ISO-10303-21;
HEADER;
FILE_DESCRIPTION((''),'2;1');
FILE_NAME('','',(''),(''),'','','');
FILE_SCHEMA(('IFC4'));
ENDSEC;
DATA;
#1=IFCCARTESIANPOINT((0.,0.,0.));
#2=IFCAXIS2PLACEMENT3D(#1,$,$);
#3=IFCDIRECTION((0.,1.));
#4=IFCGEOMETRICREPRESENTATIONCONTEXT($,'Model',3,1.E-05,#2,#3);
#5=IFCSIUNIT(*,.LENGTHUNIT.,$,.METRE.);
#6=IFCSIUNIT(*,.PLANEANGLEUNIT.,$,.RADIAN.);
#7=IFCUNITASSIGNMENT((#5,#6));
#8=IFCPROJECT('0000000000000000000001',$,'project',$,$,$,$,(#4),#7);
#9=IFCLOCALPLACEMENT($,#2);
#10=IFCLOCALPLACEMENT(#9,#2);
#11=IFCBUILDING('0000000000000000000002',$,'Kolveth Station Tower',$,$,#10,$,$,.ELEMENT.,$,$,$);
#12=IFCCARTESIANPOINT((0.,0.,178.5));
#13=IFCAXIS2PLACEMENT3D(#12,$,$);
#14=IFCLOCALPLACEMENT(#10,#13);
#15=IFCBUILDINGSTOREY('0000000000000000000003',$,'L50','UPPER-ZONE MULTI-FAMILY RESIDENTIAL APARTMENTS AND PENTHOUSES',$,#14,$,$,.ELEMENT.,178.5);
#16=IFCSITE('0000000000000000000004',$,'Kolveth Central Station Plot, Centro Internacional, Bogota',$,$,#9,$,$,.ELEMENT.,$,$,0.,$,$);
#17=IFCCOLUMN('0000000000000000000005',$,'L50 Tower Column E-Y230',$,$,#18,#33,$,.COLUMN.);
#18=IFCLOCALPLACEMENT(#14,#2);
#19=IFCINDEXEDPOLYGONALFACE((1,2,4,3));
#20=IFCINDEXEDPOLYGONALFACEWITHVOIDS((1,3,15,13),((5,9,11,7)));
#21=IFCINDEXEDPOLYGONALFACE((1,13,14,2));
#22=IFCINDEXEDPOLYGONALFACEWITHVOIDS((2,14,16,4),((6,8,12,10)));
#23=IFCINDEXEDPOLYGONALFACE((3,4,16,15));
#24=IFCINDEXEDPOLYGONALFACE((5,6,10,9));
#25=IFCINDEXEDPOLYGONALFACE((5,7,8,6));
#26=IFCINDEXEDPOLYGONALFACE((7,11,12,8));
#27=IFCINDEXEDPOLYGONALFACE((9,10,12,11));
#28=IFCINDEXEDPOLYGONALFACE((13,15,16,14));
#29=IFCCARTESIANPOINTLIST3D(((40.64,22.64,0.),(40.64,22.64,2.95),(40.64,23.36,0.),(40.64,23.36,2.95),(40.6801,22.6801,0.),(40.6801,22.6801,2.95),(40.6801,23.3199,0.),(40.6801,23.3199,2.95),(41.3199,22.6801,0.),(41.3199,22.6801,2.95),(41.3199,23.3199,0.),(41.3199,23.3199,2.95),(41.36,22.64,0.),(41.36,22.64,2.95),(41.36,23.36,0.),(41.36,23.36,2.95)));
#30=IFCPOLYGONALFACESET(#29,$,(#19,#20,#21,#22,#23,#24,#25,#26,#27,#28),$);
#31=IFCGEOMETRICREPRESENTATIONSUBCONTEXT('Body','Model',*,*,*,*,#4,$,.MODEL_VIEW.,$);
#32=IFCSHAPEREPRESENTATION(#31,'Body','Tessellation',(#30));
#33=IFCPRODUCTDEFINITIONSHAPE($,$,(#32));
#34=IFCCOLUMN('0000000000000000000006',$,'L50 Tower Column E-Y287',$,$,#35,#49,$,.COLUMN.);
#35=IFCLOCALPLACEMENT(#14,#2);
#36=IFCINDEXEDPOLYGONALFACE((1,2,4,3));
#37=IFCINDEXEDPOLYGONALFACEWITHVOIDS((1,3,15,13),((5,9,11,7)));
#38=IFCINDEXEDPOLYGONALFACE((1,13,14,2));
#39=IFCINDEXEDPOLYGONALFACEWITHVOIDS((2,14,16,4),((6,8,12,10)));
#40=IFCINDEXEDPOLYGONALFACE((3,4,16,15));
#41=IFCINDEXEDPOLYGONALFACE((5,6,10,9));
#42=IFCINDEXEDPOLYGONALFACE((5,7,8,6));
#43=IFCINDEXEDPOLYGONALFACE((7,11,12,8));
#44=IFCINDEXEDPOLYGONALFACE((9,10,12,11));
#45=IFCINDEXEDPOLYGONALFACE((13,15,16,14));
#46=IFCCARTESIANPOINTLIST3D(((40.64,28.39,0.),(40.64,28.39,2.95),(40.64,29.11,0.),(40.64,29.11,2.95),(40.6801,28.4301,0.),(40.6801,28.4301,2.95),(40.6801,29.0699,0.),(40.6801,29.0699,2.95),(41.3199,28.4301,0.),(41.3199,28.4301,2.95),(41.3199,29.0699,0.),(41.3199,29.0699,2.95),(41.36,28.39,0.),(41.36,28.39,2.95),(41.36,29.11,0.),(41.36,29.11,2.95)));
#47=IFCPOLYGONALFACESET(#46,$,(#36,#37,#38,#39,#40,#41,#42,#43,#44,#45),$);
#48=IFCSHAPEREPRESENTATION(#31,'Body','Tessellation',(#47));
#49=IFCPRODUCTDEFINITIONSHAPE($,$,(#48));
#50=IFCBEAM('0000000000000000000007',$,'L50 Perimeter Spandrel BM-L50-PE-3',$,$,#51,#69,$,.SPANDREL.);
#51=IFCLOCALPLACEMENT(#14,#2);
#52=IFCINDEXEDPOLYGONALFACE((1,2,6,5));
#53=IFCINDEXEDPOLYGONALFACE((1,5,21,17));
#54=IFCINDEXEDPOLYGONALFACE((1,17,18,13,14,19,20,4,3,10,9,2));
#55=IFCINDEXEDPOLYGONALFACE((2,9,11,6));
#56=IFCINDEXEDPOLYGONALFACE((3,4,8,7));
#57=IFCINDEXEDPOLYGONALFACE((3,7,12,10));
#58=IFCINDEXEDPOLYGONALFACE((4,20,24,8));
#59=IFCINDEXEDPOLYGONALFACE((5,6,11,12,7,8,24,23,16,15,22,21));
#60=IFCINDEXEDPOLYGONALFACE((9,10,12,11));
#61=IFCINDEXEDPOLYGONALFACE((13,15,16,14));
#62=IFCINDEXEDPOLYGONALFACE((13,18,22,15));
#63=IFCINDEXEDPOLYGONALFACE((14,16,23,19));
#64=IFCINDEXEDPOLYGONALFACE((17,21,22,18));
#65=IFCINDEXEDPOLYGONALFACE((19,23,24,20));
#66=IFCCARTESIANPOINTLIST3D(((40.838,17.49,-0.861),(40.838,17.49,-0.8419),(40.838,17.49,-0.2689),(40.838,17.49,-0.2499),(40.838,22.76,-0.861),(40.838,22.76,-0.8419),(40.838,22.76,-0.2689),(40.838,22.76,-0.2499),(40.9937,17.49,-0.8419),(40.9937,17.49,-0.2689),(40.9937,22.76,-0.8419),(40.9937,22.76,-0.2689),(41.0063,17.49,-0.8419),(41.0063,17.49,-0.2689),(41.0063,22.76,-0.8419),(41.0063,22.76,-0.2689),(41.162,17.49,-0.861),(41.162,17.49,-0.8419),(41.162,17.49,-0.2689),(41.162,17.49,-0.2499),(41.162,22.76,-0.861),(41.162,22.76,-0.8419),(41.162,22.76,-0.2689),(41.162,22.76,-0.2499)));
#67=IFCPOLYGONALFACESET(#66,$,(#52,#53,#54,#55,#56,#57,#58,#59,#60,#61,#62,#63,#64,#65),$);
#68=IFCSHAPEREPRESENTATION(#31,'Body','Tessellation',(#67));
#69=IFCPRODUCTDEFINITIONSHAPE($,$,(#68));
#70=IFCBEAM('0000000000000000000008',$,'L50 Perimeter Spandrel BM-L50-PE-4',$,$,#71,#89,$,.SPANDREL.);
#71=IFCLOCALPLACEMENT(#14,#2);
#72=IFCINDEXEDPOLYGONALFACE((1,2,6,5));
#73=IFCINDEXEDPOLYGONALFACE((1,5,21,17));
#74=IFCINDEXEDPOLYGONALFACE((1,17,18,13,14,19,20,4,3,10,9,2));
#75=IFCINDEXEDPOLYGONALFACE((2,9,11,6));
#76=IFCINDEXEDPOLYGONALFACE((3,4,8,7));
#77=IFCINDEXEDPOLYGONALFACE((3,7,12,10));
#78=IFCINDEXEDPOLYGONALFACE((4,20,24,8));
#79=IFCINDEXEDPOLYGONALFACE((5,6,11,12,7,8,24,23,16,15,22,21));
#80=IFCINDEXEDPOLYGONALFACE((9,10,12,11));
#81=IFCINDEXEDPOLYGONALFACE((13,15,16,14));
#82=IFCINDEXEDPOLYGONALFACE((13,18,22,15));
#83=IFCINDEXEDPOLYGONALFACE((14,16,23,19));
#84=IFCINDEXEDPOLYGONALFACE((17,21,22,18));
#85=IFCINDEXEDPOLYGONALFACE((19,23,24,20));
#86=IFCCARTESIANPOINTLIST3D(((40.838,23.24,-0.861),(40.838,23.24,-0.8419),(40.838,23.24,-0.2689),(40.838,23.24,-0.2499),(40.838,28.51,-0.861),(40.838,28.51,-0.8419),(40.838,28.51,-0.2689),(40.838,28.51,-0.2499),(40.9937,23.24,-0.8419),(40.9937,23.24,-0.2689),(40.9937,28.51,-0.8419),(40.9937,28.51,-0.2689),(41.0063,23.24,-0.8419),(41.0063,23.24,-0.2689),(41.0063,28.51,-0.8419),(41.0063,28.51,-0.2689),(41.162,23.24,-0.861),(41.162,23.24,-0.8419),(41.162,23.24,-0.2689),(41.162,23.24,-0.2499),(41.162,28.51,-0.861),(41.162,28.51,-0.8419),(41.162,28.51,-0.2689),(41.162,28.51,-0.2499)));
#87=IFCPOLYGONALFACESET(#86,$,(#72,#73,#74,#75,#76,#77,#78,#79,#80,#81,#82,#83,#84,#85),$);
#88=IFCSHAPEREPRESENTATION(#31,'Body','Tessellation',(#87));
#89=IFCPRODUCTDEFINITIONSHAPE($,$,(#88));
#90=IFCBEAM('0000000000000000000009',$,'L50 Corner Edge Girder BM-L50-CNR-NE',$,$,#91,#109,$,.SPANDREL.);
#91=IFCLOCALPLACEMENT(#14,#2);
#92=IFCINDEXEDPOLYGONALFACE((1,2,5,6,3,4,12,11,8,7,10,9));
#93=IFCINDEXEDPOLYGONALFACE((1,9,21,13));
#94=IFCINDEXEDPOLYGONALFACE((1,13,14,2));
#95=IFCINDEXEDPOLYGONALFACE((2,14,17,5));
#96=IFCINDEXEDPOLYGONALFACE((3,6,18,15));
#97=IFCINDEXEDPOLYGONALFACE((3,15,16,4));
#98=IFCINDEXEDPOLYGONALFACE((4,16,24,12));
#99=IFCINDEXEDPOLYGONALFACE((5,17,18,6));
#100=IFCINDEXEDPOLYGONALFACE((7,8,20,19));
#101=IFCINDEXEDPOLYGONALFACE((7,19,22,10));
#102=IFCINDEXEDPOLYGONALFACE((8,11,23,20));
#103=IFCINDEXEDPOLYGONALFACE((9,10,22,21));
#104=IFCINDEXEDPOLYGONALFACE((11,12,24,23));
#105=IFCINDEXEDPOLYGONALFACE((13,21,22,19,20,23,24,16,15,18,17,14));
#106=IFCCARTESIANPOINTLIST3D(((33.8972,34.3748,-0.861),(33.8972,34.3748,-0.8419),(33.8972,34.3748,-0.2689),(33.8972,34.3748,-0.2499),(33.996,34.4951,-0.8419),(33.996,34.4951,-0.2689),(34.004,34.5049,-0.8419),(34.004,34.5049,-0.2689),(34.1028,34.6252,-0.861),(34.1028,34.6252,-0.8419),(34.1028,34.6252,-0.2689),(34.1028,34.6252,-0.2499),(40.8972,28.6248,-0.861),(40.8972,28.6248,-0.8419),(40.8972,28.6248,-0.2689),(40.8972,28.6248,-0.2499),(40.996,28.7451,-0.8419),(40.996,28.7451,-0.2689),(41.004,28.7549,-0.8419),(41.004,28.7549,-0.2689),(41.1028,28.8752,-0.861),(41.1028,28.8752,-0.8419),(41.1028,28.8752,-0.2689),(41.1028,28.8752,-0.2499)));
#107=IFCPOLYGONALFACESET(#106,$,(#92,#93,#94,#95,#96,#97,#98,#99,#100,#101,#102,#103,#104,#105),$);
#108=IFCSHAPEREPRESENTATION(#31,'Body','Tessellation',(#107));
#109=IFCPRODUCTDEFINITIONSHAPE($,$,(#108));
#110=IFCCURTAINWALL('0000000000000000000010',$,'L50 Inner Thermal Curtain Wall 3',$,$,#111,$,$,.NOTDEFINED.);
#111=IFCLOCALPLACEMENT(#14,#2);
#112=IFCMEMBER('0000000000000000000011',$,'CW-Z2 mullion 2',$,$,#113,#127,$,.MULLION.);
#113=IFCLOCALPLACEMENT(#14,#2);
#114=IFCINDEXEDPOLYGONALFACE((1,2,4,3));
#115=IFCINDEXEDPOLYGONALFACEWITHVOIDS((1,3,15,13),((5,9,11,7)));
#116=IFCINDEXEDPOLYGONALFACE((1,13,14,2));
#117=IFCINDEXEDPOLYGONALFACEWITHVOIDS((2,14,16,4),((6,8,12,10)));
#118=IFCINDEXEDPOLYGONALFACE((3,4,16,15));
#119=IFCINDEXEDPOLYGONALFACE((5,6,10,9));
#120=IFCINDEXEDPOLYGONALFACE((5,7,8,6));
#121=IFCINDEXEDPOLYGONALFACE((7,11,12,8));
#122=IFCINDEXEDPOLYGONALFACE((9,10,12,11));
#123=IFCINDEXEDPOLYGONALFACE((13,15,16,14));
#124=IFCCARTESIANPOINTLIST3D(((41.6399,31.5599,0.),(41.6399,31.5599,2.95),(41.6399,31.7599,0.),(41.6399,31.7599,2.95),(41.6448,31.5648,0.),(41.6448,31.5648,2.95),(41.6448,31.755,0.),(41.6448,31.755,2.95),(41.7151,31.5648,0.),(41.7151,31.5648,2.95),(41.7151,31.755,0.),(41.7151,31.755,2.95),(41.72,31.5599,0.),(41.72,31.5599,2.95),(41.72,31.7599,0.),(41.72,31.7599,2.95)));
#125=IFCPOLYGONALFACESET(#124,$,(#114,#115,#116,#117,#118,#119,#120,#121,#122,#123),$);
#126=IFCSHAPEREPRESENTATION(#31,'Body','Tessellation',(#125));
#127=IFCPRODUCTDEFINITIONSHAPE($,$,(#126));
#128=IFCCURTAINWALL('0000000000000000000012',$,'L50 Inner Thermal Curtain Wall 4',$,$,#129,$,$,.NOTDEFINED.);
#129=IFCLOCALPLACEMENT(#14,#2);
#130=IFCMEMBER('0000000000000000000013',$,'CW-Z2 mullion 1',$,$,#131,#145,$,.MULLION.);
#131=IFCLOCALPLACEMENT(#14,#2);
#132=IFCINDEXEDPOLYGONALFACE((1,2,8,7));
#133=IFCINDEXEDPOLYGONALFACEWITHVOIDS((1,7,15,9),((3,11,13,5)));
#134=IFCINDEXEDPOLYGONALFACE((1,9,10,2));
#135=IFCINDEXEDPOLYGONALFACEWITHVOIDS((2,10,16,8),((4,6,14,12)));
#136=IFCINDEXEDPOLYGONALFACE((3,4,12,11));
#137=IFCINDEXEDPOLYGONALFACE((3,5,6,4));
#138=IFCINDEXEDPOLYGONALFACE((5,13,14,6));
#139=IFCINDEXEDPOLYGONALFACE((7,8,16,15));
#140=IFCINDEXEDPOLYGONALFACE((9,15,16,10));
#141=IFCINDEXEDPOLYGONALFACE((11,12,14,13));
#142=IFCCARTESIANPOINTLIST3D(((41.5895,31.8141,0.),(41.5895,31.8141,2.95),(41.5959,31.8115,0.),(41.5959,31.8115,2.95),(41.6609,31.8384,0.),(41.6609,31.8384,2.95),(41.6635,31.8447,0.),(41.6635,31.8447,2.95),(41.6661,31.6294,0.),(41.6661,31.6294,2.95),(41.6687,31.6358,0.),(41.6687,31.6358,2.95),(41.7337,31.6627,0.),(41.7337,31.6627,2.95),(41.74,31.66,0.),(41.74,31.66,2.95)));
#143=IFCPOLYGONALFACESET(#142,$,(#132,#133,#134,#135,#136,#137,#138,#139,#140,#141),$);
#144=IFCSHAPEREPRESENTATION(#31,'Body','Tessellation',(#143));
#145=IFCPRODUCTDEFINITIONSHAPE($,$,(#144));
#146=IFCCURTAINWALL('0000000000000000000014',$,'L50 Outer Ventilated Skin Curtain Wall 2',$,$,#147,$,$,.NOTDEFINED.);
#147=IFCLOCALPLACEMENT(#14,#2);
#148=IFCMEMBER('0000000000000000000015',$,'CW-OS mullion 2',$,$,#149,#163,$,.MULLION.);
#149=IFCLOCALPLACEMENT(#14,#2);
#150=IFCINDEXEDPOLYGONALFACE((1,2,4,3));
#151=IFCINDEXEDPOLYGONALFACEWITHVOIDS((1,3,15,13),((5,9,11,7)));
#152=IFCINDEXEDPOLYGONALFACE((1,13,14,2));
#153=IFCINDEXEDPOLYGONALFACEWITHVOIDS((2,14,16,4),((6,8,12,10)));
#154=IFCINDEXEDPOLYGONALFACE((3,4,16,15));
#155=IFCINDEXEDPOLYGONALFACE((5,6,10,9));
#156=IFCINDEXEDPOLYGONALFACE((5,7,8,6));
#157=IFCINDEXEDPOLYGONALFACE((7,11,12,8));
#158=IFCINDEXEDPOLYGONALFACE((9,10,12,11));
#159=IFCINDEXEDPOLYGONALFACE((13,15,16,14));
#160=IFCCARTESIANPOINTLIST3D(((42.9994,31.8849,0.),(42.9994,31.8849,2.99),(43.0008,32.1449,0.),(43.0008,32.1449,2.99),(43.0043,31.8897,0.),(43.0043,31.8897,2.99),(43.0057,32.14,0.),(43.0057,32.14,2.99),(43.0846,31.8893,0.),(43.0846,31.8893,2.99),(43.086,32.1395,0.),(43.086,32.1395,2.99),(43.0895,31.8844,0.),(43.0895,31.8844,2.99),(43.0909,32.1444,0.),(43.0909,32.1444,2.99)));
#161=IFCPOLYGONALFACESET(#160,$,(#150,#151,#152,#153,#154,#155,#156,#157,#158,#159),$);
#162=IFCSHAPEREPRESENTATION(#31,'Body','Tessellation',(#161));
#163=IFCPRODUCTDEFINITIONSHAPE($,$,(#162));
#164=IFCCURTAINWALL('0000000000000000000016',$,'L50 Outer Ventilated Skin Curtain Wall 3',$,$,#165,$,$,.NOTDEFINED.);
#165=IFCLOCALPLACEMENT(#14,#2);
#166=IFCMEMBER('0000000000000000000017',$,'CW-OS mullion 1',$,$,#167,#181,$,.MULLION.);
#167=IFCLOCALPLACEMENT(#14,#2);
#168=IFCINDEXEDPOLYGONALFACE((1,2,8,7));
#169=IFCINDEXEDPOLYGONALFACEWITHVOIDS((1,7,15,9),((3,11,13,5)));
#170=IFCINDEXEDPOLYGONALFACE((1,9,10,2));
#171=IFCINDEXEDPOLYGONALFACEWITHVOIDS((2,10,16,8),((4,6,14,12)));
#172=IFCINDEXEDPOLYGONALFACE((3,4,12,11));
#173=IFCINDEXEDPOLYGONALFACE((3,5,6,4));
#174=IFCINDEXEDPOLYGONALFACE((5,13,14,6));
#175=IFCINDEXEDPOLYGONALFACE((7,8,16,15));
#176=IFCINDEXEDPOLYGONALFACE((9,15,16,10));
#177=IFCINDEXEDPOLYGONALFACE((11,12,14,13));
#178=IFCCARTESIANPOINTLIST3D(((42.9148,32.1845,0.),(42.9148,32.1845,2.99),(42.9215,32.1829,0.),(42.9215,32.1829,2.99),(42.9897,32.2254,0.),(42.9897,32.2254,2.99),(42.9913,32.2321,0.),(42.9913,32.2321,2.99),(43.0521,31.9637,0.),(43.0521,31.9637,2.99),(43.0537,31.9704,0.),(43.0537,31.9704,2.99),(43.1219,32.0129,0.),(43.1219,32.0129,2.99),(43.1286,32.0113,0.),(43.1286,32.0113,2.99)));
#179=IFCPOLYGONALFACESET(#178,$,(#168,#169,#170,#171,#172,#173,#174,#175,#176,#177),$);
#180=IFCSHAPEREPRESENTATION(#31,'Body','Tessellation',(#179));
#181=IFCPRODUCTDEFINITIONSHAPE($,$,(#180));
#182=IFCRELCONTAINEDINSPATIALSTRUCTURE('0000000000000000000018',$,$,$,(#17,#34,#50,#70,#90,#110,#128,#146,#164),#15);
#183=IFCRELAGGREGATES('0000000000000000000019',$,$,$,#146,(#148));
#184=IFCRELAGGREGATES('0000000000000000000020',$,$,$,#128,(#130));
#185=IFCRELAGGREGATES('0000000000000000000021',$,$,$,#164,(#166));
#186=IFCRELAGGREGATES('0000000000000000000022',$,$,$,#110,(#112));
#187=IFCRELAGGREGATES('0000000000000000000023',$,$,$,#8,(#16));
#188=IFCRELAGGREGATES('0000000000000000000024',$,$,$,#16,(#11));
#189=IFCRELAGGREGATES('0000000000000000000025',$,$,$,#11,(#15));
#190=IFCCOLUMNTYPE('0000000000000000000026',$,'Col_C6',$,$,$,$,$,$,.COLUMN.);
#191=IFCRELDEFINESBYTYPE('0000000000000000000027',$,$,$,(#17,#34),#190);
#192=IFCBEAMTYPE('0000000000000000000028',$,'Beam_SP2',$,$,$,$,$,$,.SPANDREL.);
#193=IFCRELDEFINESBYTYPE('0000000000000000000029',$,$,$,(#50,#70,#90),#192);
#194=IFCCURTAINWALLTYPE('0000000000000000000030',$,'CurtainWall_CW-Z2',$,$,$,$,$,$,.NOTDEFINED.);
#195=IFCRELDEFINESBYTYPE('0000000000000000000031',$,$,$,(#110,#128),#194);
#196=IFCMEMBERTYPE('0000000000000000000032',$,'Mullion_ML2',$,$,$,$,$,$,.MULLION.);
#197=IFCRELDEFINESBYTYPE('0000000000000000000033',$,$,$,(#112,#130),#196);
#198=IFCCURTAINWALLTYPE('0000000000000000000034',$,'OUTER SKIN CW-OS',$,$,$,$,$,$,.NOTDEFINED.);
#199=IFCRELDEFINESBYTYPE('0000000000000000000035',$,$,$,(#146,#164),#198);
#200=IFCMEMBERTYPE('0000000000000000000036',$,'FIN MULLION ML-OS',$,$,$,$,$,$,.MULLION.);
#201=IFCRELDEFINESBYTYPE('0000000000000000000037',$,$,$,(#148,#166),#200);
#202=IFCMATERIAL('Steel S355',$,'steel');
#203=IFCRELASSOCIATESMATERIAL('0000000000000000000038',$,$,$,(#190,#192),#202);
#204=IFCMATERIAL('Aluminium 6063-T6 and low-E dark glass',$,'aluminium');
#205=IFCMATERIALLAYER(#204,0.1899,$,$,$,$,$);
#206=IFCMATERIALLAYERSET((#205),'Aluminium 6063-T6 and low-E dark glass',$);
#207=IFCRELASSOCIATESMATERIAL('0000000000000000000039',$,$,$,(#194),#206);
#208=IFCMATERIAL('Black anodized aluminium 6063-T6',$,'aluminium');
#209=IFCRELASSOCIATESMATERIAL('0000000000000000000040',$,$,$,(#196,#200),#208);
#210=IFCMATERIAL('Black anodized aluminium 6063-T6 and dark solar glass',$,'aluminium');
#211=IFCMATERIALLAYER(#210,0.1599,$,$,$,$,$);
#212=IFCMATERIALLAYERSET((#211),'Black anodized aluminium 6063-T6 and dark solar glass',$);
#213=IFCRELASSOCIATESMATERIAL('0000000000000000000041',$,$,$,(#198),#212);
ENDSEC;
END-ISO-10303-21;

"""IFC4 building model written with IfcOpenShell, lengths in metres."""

from ifc_helpers import new_model, si_unit, direction, frame, origin, origin_2d, place, context, subcontext, project, spatial, hollow_rectangle, i_section, extrude, source, transform, mapped, material, layer, layer_set, material_profile, profile_set, type_object, element, aggregate, save


model = new_model("IFC4")

# Units and contexts
model_context = context("Model", 3, precision=1e-05, world=origin(), true_north=direction((0.0, 1.0)))
body_context = subcontext(model_context, "Body", "Model", "MODEL_VIEW")
ifc_project = project(units=[si_unit("LENGTHUNIT", "METRE"), si_unit("PLANEANGLEUNIT", "RADIAN")], contexts=[model_context])

# Site, building, storey
site_placement = place(None, origin())
site = spatial("IfcSite", under=ifc_project, at=site_placement, Name="Kolveth Central Station Plot, Centro Internacional, Bogota", CompositionType="ELEMENT", RefElevation=0.0)
building_placement = place(site_placement, origin())
building = spatial("IfcBuilding", under=site, at=building_placement, Name="Kolveth Station Tower", CompositionType="ELEMENT")
storey_placement = place(building_placement, frame((0.0, 0.0, 178.5)))
storey = spatial("IfcBuildingStorey", under=building, at=storey_placement, Name="L50", Description="UPPER-ZONE MULTI-FAMILY RESIDENTIAL APARTMENTS AND PENTHOUSES", CompositionType="ELEMENT", Elevation=178.5)

# Columns
ifc_material_1 = material(Name="Steel S355", Category="steel")
ifc_material_profile_1 = material_profile(ifc_material_1, hollow_rectangle(XDim=0.72, YDim=0.72, WallThickness=0.04, at=origin_2d()), Name="BOX720x720x40")
ifc_profile_set_1 = profile_set([ifc_material_profile_1], Name="Steel S355")
column_type = type_object("IfcColumnType", Name="Col_C6", PredefinedType="COLUMN", material=ifc_profile_set_1)
shared_shape_1 = source(origin(), body_context, "Body", "SweptSolid", [
    extrude(hollow_rectangle(XDim=0.72, YDim=0.72, WallThickness=0.04, at=origin_2d()), origin(), (0.0, 0.0, 1.0), 2.95),
])
for number, where, z_axis, x_axis, name in (
    (1, (41.0, 23.0, 0.0), (0.0, 0.0, 1.0), (1.0, 0.0, 0.0), "L50 Tower Column E-Y230"),
    (2, (41.0, 28.75, 0.0), (0.0, 0.0, 1.0), (1.0, 0.0, 0.0), "L50 Tower Column E-Y287"),
):
    element("IfcColumn", number, at=place(storey_placement, frame(where, z_axis=z_axis, x_axis=x_axis)), inside=storey, type_object=column_type, Name=name, PredefinedType="COLUMN", context=body_context, shape_type="MappedRepresentation", body=[
        mapped(shared_shape_1, transform((0.0, 0.0, 0.0), x_axis=(1.0, 0.0, 0.0), y_axis=(0.0, 1.0, 0.0), z_axis=(0.0, 0.0, 1.0), scale=1.0)),
    ])

# Beams
ifc_material_profile_2 = material_profile(ifc_material_1, i_section(OverallWidth=0.324, OverallDepth=0.6111, WebThickness=0.0127, FlangeThickness=0.019, at=origin_2d()), Name="W610x155")
ifc_profile_set_2 = profile_set([ifc_material_profile_2], Name="Steel S355")
beam_type = type_object("IfcBeamType", Name="Beam_SP2", PredefinedType="SPANDREL", material=ifc_profile_set_2)
shared_shape_2 = source(origin(), body_context, "Body", "SweptSolid", [
    extrude(i_section(OverallWidth=0.324, OverallDepth=0.6111, WebThickness=0.0127, FlangeThickness=0.019, at=origin_2d()), origin(), (0.0, 0.0, 1.0), 5.27),
])
for number, where, z_axis, x_axis, name in (
    (3, (41.0, 17.49, -0.5554), (0.0, 1.0, 0.0), (-1.0, 0.0, 0.0), "L50 Perimeter Spandrel BM-L50-PE-3"),
    (4, (41.0, 23.24, -0.5554), (0.0, 1.0, 0.0), (-1.0, 0.0, 0.0), "L50 Perimeter Spandrel BM-L50-PE-4"),
):
    element("IfcBeam", number, at=place(storey_placement, frame(where, z_axis=z_axis, x_axis=x_axis)), inside=storey, type_object=beam_type, Name=name, PredefinedType="SPANDREL", context=body_context, shape_type="MappedRepresentation", body=[
        mapped(shared_shape_2, transform((0.0, 0.0, 0.0), x_axis=(1.0, 0.0, 0.0), y_axis=(0.0, 1.0, 0.0), z_axis=(0.0, 0.0, 1.0), scale=1.0)),
    ])
shared_shape_3 = source(origin(), body_context, "Body", "SweptSolid", [
    extrude(i_section(OverallWidth=0.324, OverallDepth=0.6111, WebThickness=0.0127, FlangeThickness=0.019, at=origin_2d()), origin(), (0.0, 0.0, 1.0), 9.0588),
])
beam_placement = place(storey_placement, frame((41.0, 28.75, -0.5554), z_axis=(-0.772726, 0.634739, 0.0), x_axis=(-0.634739, -0.772726, 0.0)))
element("IfcBeam", 5, at=beam_placement, inside=storey, type_object=beam_type, Name="L50 Corner Edge Girder BM-L50-CNR-NE", PredefinedType="SPANDREL", context=body_context, shape_type="MappedRepresentation", body=[
    mapped(shared_shape_3, transform((0.0, 0.0, 0.0), x_axis=(1.0, 0.0, 0.0), y_axis=(0.0, 1.0, 0.0), z_axis=(0.0, 0.0, 1.0), scale=1.0)),
])

# Curtain walls, members
ifc_material_2 = material(Name="Aluminium 6063-T6 and low-E dark glass", Category="aluminium")
ifc_layer_1 = layer(ifc_material_2, 0.1899)
ifc_layer_set_1 = layer_set([ifc_layer_1], Name="Aluminium 6063-T6 and low-E dark glass")
curtain_wall_type_1 = type_object("IfcCurtainWallType", Name="CurtainWall_CW-Z2", PredefinedType="NOTDEFINED", material=ifc_layer_set_1)
curtain_wall_1_placement = place(storey_placement, origin())
curtain_wall_1 = element("IfcCurtainWall", 6, at=curtain_wall_1_placement, inside=storey, type_object=curtain_wall_type_1, Name="L50 Inner Thermal Curtain Wall 3", PredefinedType="NOTDEFINED")
ifc_material_3 = material(Name="Black anodized aluminium 6063-T6", Category="aluminium")
ifc_material_profile_3 = material_profile(ifc_material_3, hollow_rectangle(XDim=0.0801, YDim=0.2, WallThickness=0.0049, at=origin_2d()), Name="ALU-80x200x5")
ifc_profile_set_3 = profile_set([ifc_material_profile_3], Name="Black anodized aluminium 6063-T6")
member_type_1 = type_object("IfcMemberType", Name="Mullion_ML2", PredefinedType="MULLION", material=ifc_profile_set_3)
shared_shape_4 = source(origin(), body_context, "Body", "SweptSolid", [
    extrude(hollow_rectangle(XDim=0.0801, YDim=0.2, WallThickness=0.0049, at=origin_2d()), origin(), (0.0, 0.0, 1.0), 2.95),
])
member_1_placement = place(storey_placement, frame((41.6799, 31.6599, 0.0), z_axis=(0.0, 0.0, 1.0), x_axis=(-1.0, 0.0, 0.0)))
member_1 = element("IfcMember", 7, at=member_1_placement, type_object=member_type_1, Name="CW-Z2 mullion 2", PredefinedType="MULLION", context=body_context, shape_type="MappedRepresentation", body=[
    mapped(shared_shape_4, transform((0.0, 0.0, 0.0), x_axis=(1.0, 0.0, 0.0), y_axis=(0.0, 1.0, 0.0), z_axis=(0.0, 0.0, 1.0), scale=1.0)),
])
curtain_wall_2_placement = place(storey_placement, origin())
curtain_wall_2 = element("IfcCurtainWall", 8, at=curtain_wall_2_placement, inside=storey, type_object=curtain_wall_type_1, Name="L50 Inner Thermal Curtain Wall 4", PredefinedType="NOTDEFINED")
member_2_placement = place(storey_placement, frame((41.6648, 31.7371, 0.0), z_axis=(0.0, 0.0, 1.0), x_axis=(-0.923874, -0.382698, 0.0)))
member_2 = element("IfcMember", 9, at=member_2_placement, type_object=member_type_1, Name="CW-Z2 mullion 1", PredefinedType="MULLION", context=body_context, shape_type="MappedRepresentation", body=[
    mapped(shared_shape_4, transform((0.0, 0.0, 0.0), x_axis=(1.0, 0.0, 0.0), y_axis=(0.0, 1.0, 0.0), z_axis=(0.0, 0.0, 1.0), scale=1.0)),
])
ifc_material_4 = material(Name="Black anodized aluminium 6063-T6 and dark solar glass", Category="aluminium")
ifc_layer_2 = layer(ifc_material_4, 0.1599)
ifc_layer_set_2 = layer_set([ifc_layer_2], Name="Black anodized aluminium 6063-T6 and dark solar glass")
curtain_wall_type_2 = type_object("IfcCurtainWallType", Name="OUTER SKIN CW-OS", PredefinedType="NOTDEFINED", material=ifc_layer_set_2)
curtain_wall_3_placement = place(storey_placement, origin())
curtain_wall_3 = element("IfcCurtainWall", 10, at=curtain_wall_3_placement, inside=storey, type_object=curtain_wall_type_2, Name="L50 Outer Ventilated Skin Curtain Wall 2", PredefinedType="NOTDEFINED")
ifc_material_profile_4 = material_profile(ifc_material_3, hollow_rectangle(XDim=0.0901, YDim=0.26, WallThickness=0.0049, at=origin_2d()), Name="ALU-90x260x5")
ifc_profile_set_4 = profile_set([ifc_material_profile_4], Name="Black anodized aluminium 6063-T6")
member_type_2 = type_object("IfcMemberType", Name="FIN MULLION ML-OS", PredefinedType="MULLION", material=ifc_profile_set_4)
shared_shape_5 = source(origin(), body_context, "Body", "SweptSolid", [
    extrude(hollow_rectangle(XDim=0.0901, YDim=0.26, WallThickness=0.0049, at=origin_2d()), origin(), (0.0, 0.0, 1.0), 2.99),
])
member_3_placement = place(storey_placement, frame((43.0452, 32.0146, 0.0), z_axis=(0.0, 0.0, 1.0), x_axis=(-0.999985, 0.00545, 0.0)))
member_3 = element("IfcMember", 11, at=member_3_placement, type_object=member_type_2, Name="CW-OS mullion 2", PredefinedType="MULLION", context=body_context, shape_type="MappedRepresentation", body=[
    mapped(shared_shape_5, transform((0.0, 0.0, 0.0), x_axis=(1.0, 0.0, 0.0), y_axis=(0.0, 1.0, 0.0), z_axis=(0.0, 0.0, 1.0), scale=1.0)),
])
aggregate(curtain_wall_3, [member_3])
curtain_wall_4_placement = place(storey_placement, origin())
curtain_wall_4 = element("IfcCurtainWall", 12, at=curtain_wall_4_placement, inside=storey, type_object=curtain_wall_type_2, Name="L50 Outer Ventilated Skin Curtain Wall 3", PredefinedType="NOTDEFINED")
member_4_placement = place(storey_placement, frame((43.0217, 32.0979, 0.0), z_axis=(0.0, 0.0, 1.0), x_axis=(-0.849158, -0.528139, 0.0)))
member_4 = element("IfcMember", 13, at=member_4_placement, type_object=member_type_2, Name="CW-OS mullion 1", PredefinedType="MULLION", context=body_context, shape_type="MappedRepresentation", body=[
    mapped(shared_shape_5, transform((0.0, 0.0, 0.0), x_axis=(1.0, 0.0, 0.0), y_axis=(0.0, 1.0, 0.0), z_axis=(0.0, 0.0, 1.0), scale=1.0)),
])

aggregate(curtain_wall_2, [member_2])
aggregate(curtain_wall_4, [member_4])

aggregate(curtain_wall_1, [member_1])

save(model, "model.ifc")
